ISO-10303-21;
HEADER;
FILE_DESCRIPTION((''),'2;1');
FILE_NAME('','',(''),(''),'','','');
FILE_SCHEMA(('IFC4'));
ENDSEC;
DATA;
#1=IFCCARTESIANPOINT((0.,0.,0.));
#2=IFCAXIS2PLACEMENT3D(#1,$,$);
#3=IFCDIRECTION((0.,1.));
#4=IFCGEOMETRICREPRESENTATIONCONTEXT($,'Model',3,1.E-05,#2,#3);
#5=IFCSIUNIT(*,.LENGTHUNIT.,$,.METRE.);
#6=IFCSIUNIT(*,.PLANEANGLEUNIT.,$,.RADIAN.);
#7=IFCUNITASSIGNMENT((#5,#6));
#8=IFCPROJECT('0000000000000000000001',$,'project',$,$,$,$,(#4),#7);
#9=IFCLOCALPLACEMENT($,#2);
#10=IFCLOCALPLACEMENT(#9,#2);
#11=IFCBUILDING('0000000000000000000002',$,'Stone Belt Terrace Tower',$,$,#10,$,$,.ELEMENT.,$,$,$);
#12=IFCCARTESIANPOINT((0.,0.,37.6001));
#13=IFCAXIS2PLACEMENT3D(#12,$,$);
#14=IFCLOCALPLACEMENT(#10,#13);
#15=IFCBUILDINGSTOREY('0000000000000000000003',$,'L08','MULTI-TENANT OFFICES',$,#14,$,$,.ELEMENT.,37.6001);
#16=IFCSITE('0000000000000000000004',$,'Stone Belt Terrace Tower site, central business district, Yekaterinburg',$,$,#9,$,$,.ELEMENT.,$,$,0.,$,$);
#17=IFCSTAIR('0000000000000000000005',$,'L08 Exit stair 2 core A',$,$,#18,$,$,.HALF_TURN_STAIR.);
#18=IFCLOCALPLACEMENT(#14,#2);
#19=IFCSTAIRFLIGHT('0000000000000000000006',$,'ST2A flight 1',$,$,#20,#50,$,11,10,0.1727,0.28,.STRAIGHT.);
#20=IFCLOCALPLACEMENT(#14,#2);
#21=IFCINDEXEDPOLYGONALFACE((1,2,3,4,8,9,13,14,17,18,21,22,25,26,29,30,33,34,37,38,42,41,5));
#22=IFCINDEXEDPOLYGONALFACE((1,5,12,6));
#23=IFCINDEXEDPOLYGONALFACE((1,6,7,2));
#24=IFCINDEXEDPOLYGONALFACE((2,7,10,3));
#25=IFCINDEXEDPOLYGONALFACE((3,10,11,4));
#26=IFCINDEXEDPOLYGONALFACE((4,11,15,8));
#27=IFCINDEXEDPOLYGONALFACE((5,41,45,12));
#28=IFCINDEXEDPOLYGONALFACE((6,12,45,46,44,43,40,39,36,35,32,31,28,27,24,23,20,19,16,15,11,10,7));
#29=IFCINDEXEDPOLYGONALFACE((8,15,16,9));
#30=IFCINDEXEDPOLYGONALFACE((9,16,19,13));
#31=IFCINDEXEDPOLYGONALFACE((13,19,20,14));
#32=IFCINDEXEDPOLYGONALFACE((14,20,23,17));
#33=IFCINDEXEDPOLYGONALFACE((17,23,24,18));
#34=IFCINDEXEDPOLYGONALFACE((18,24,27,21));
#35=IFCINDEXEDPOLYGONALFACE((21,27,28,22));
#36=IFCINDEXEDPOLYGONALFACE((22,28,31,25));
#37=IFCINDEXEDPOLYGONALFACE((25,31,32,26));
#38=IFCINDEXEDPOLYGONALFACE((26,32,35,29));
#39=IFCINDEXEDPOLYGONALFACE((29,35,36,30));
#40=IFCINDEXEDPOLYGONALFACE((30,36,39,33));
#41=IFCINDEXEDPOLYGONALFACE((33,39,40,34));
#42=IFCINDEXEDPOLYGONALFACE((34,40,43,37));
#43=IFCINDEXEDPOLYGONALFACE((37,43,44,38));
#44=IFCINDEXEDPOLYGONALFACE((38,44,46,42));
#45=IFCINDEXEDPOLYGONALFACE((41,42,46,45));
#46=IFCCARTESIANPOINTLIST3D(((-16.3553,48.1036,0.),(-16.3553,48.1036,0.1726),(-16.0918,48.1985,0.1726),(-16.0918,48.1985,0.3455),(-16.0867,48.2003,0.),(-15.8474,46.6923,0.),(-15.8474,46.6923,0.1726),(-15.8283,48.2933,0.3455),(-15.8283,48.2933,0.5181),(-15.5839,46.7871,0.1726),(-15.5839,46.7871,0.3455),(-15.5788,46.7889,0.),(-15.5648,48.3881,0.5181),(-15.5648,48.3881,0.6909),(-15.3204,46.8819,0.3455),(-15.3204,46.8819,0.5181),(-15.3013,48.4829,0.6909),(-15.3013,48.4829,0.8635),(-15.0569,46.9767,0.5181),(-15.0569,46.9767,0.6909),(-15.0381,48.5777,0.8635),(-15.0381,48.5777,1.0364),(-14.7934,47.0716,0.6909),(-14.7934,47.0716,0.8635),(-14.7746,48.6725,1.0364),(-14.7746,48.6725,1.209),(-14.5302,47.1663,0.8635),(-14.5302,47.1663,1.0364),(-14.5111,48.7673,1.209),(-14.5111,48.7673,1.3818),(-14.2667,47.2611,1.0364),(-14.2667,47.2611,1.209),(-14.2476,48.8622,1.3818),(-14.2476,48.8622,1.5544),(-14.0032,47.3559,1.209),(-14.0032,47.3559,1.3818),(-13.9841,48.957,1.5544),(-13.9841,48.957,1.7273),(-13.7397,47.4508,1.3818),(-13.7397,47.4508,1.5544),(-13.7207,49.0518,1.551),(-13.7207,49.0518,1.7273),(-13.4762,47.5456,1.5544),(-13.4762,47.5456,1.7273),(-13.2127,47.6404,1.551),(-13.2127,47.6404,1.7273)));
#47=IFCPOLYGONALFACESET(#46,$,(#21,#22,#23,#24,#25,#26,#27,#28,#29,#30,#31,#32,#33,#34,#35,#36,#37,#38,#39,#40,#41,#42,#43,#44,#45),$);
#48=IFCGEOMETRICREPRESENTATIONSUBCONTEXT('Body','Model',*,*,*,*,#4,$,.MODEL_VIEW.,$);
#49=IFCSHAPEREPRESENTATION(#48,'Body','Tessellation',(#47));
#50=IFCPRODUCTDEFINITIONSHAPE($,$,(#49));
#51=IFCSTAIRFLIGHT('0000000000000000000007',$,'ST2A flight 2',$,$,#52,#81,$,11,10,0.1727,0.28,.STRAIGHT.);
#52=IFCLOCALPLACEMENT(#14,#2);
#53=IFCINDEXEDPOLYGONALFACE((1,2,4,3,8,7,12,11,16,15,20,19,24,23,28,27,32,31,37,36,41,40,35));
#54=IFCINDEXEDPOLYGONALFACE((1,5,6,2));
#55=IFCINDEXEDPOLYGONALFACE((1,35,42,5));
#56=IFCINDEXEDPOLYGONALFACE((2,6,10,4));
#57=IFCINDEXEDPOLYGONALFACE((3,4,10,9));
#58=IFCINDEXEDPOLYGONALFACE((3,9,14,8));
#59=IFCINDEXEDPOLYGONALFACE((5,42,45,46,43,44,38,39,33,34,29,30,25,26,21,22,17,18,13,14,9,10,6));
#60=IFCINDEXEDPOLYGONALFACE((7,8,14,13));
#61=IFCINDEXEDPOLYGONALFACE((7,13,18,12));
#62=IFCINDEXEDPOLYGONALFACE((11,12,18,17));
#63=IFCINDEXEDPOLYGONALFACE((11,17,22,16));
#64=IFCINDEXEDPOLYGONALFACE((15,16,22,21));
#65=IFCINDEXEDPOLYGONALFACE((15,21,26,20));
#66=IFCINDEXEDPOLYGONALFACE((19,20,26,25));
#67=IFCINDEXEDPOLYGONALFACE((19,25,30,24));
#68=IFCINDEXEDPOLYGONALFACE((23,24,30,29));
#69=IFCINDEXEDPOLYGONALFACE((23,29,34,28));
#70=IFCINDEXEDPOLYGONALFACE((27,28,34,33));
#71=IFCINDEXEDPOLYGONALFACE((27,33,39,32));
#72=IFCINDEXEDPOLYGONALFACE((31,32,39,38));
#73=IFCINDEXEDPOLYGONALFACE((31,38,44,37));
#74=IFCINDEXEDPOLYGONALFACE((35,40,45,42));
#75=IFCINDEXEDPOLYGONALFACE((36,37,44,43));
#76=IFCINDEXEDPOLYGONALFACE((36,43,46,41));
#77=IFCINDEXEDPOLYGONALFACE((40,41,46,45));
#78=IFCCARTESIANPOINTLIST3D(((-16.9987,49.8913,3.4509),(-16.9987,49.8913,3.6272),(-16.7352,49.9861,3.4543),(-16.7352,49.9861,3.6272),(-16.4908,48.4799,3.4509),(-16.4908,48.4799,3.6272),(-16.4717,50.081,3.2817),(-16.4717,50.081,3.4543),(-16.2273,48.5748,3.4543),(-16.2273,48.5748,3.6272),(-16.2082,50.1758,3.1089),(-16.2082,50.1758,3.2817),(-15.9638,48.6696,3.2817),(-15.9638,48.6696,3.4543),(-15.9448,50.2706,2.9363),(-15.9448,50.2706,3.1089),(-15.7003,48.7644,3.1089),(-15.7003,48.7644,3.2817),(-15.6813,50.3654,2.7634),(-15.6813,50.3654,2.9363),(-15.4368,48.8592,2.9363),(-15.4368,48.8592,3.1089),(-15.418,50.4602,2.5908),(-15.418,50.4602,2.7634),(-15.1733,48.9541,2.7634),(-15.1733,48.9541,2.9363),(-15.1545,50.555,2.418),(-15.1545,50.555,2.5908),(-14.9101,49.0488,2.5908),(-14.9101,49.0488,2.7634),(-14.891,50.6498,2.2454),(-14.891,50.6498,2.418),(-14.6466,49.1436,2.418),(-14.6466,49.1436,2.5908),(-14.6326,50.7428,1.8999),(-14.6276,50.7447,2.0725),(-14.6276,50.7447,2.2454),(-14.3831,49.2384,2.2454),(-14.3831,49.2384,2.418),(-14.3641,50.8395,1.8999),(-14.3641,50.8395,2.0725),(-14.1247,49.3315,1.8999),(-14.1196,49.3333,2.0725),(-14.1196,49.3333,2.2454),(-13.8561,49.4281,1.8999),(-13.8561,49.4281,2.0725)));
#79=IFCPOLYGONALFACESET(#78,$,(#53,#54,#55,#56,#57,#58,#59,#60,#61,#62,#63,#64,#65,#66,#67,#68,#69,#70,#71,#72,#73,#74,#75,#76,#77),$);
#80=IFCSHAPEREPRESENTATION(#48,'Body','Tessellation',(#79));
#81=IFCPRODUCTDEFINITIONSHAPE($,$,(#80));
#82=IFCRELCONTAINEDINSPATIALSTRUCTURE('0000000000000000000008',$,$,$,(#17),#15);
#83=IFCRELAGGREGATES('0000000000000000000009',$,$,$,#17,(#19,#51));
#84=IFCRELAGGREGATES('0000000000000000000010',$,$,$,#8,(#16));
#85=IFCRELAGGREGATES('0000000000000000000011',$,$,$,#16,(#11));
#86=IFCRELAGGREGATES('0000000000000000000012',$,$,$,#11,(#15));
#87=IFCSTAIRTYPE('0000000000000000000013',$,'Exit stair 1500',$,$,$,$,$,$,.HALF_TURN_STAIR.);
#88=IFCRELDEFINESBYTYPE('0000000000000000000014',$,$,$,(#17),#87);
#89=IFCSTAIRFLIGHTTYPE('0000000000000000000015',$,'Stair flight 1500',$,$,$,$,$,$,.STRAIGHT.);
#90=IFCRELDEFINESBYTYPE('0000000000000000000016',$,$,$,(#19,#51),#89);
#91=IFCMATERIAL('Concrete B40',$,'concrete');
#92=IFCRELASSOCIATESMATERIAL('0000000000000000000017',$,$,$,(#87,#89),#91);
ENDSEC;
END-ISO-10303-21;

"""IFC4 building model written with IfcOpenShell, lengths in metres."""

from ifc_helpers import new_model, si_unit, direction, frame, origin, place, context, subcontext, project, spatial, polyline, outline, extrude, material, type_object, element, aggregate, save


model = new_model("IFC4")

# Units and contexts
model_context = context("Model", 3, precision=1e-05, world=origin(), true_north=direction((0.0, 1.0)))
body_context = subcontext(model_context, "Body", "Model", "MODEL_VIEW")
ifc_project = project(units=[si_unit("LENGTHUNIT", "METRE"), si_unit("PLANEANGLEUNIT", "RADIAN")], contexts=[model_context])

# Site, building, storey
site_placement = place(None, origin())
site = spatial("IfcSite", under=ifc_project, at=site_placement, Name="Stone Belt Terrace Tower site, central business district, Yekaterinburg", CompositionType="ELEMENT", RefElevation=0.0)
building_placement = place(site_placement, origin())
building = spatial("IfcBuilding", under=site, at=building_placement, Name="Stone Belt Terrace Tower", CompositionType="ELEMENT")
storey_placement = place(building_placement, frame((0.0, 0.0, 37.6001)))
storey = spatial("IfcBuildingStorey", under=building, at=storey_placement, Name="L08", Description="MULTI-TENANT OFFICES", CompositionType="ELEMENT", Elevation=37.6001)

# Stair, stair flights
ifc_material_1 = material(Name="Concrete B40", Category="concrete")
stair_type = type_object("IfcStairType", Name="Exit stair 1500", PredefinedType="HALF_TURN_STAIR", material=ifc_material_1)
stair_placement = place(storey_placement, origin())
stair = element("IfcStair", 1, at=stair_placement, inside=storey, type_object=stair_type, Name="L08 Exit stair 2 core A", PredefinedType="HALF_TURN_STAIR")
stair_flight_type = type_object("IfcStairFlightType", Name="Stair flight 1500", PredefinedType="STRAIGHT", material=ifc_material_1)
stair_flight_1_placement = place(storey_placement, frame((-16.1013, 47.3979, 0.0), z_axis=(0.0, 0.0, 1.0), x_axis=(0.940922, 0.338624, 0.0)))
stair_flight_1 = element("IfcStairFlight", 2, at=stair_flight_1_placement, type_object=stair_flight_type, Name="ST2A flight 1", NumberOfRisers=11, NumberOfTreads=10, PredefinedType="STRAIGHT", RiserHeight=0.1727, TreadLength=0.28, context=body_context, shape_type="SweptSolid", body=[
    extrude(outline(polyline([(0.0, 0.0), (0.0, 0.1726), (0.28, 0.1726), (0.28, 0.3455), (0.5601, 0.3455), (0.5601, 0.5181), (0.8401, 0.5181), (0.8401, 0.6909), (1.1201, 0.6909), (1.1201, 0.8635), (1.3999, 0.8635), (1.3999, 1.0364), (1.6799, 1.0364), (1.6799, 1.209), (1.96, 1.209), (1.96, 1.3818), (2.24, 1.3818), (2.24, 1.5544), (2.52, 1.5544), (2.52, 1.7273), (2.8, 1.7273), (2.8, 1.8999), (2.8, 1.551), (0.2854, 0.0), (0.0, 0.0)])), frame((0.0, 0.75, 0.0), z_axis=(0.0, -1.0, 0.0), x_axis=(1.0, 0.0, 0.0)), (0.0, 0.0, 1.0), 1.5),
])
stair_flight_2_placement = place(storey_placement, frame((-14.1101, 50.1338, 1.8999), z_axis=(0.0, 0.0, 1.0), x_axis=(-0.940922, -0.338624, 0.0)))
stair_flight_2 = element("IfcStairFlight", 3, at=stair_flight_2_placement, type_object=stair_flight_type, Name="ST2A flight 2", NumberOfRisers=11, NumberOfTreads=10, PredefinedType="STRAIGHT", RiserHeight=0.1727, TreadLength=0.28, context=body_context, shape_type="SweptSolid", body=[
    extrude(outline(polyline([(0.0, 0.0), (0.0, 0.1726), (0.28, 0.1726), (0.28, 0.3455), (0.5601, 0.3455), (0.5601, 0.5181), (0.8401, 0.5181), (0.8401, 0.6909), (1.1201, 0.6909), (1.1201, 0.8635), (1.3999, 0.8635), (1.3999, 1.0364), (1.6799, 1.0364), (1.6799, 1.209), (1.96, 1.209), (1.96, 1.3818), (2.24, 1.3818), (2.24, 1.5544), (2.52, 1.5544), (2.52, 1.7273), (2.8, 1.7273), (2.8, 1.8999), (2.8, 1.551), (0.2854, 0.0), (0.0, 0.0)])), frame((0.0, 0.75, 0.0), z_axis=(0.0, -1.0, 0.0), x_axis=(1.0, 0.0, 0.0)), (0.0, 0.0, 1.0), 1.5),
])
aggregate(stair, [stair_flight_1, stair_flight_2])

save(model, "model.ifc")
